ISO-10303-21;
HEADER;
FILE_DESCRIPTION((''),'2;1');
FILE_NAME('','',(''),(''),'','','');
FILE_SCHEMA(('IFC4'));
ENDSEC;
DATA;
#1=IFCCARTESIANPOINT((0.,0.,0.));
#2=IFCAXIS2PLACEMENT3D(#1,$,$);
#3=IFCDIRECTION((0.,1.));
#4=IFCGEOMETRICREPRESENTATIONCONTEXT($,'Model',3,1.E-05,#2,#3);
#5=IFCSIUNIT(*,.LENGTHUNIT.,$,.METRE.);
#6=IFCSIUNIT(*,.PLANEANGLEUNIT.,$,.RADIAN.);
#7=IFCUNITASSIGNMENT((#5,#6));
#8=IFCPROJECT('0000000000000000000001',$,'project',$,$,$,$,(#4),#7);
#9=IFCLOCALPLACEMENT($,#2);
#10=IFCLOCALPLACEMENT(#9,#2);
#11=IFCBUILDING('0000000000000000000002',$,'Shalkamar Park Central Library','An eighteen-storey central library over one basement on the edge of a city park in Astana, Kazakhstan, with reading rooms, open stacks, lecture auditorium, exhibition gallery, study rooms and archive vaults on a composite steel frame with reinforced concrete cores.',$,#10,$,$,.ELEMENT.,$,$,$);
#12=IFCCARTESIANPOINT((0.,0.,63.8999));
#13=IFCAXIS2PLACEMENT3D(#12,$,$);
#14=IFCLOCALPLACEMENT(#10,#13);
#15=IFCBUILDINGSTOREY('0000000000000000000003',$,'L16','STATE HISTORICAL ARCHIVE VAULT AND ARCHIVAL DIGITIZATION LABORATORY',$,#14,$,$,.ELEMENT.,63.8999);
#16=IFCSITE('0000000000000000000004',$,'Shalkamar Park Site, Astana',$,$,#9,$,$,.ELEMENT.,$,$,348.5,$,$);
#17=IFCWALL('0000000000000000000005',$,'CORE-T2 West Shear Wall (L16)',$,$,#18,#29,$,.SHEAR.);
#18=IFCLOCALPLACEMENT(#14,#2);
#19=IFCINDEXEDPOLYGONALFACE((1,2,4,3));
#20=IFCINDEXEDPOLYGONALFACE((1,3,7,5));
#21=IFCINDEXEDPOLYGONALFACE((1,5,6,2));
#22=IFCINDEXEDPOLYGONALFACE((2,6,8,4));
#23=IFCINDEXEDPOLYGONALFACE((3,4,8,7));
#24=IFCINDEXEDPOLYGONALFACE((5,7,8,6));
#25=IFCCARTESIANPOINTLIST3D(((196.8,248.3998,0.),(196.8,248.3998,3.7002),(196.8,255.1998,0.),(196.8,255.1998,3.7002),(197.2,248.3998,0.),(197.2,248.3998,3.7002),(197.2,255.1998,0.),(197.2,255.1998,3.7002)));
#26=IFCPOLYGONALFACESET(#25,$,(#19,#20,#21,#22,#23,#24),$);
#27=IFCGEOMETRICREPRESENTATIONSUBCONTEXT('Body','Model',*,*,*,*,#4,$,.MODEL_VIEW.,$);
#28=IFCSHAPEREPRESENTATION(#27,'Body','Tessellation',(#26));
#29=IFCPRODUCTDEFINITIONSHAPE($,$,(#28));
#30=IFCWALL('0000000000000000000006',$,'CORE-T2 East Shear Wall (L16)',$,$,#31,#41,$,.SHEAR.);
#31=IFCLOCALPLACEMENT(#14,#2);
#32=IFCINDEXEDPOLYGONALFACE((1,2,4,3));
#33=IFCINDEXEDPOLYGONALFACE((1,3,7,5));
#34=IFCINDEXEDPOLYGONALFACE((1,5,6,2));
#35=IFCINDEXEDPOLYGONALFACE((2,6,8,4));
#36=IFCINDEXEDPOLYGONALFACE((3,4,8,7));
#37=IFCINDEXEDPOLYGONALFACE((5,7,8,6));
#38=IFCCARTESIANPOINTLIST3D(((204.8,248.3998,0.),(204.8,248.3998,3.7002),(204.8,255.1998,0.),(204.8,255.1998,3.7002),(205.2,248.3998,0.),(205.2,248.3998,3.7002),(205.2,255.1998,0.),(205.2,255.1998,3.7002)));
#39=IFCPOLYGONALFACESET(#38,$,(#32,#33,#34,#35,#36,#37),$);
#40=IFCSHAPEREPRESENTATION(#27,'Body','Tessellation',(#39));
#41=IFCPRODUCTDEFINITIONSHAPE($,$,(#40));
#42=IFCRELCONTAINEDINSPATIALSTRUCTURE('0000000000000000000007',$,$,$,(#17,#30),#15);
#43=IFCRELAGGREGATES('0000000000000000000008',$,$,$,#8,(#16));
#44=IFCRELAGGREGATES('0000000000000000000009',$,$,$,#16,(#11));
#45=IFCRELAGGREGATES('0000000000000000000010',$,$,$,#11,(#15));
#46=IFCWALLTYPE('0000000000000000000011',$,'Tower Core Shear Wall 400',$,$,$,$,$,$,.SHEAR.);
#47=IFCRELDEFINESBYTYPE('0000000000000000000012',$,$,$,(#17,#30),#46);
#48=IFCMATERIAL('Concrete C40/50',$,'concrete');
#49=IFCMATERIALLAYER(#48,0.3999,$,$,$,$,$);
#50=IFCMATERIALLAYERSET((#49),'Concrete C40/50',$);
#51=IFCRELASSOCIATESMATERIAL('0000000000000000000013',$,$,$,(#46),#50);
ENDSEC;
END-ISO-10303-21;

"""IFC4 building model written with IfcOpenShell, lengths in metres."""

from ifc_helpers import new_model, si_unit, direction, frame, frame_2d, origin, place, context, subcontext, project, spatial, rectangle, extrude, material, layer, layer_set, type_object, element, save


model = new_model("IFC4")

# Units and contexts
model_context = context("Model", 3, precision=1e-05, world=origin(), true_north=direction((0.0, 1.0)))
body_context = subcontext(model_context, "Body", "Model", "MODEL_VIEW")
ifc_project = project(units=[si_unit("LENGTHUNIT", "METRE"), si_unit("PLANEANGLEUNIT", "RADIAN")], contexts=[model_context])

# Site, building, storey
site_placement = place(None, origin())
site = spatial("IfcSite", under=ifc_project, at=site_placement, Name="Shalkamar Park Site, Astana", CompositionType="ELEMENT", RefElevation=348.5)
building_placement = place(site_placement, origin())
building = spatial("IfcBuilding", under=site, at=building_placement, Name="Shalkamar Park Central Library", Description="An eighteen-storey central library over one basement on the edge of a city park in Astana, Kazakhstan, with reading rooms, open stacks, lecture auditorium, exhibition gallery, study rooms and archive vaults on a composite steel frame with reinforced concrete cores.", CompositionType="ELEMENT")
storey_placement = place(building_placement, frame((0.0, 0.0, 63.8999)))
storey = spatial("IfcBuildingStorey", under=building, at=storey_placement, Name="L16", Description="STATE HISTORICAL ARCHIVE VAULT AND ARCHIVAL DIGITIZATION LABORATORY", CompositionType="ELEMENT", Elevation=63.8999)

# Walls
ifc_material_1 = material(Name="Concrete C40/50", Category="concrete")
ifc_layer_1 = layer(ifc_material_1, 0.3999)
ifc_layer_set_1 = layer_set([ifc_layer_1], Name="Concrete C40/50")
wall_type_1 = type_object("IfcWallType", Name="Tower Core Shear Wall 400", PredefinedType="SHEAR", material=ifc_layer_set_1)
for number, where, z_axis, x_axis, name in (
    (1, (197.0, 248.3999, 0.0), (0.0, 0.0, 1.0), (0.0, 1.0, 0.0), "CORE-T2 West Shear Wall (L16)"),
    (2, (205.0, 248.3999, 0.0), (0.0, 0.0, 1.0), (0.0, 1.0, 0.0), "CORE-T2 East Shear Wall (L16)"),
):
    element("IfcWall", number, at=place(storey_placement, frame(where, z_axis=z_axis, x_axis=x_axis)), inside=storey, type_object=wall_type_1, Name=name, PredefinedType="SHEAR", context=body_context, shape_type="SweptSolid", body=[
        extrude(rectangle(XDim=6.8, YDim=0.3999, at=frame_2d((3.3999, 0.0))), origin(), (0.0, 0.0, 1.0), 3.7002),
    ])

save(model, "model.ifc")
